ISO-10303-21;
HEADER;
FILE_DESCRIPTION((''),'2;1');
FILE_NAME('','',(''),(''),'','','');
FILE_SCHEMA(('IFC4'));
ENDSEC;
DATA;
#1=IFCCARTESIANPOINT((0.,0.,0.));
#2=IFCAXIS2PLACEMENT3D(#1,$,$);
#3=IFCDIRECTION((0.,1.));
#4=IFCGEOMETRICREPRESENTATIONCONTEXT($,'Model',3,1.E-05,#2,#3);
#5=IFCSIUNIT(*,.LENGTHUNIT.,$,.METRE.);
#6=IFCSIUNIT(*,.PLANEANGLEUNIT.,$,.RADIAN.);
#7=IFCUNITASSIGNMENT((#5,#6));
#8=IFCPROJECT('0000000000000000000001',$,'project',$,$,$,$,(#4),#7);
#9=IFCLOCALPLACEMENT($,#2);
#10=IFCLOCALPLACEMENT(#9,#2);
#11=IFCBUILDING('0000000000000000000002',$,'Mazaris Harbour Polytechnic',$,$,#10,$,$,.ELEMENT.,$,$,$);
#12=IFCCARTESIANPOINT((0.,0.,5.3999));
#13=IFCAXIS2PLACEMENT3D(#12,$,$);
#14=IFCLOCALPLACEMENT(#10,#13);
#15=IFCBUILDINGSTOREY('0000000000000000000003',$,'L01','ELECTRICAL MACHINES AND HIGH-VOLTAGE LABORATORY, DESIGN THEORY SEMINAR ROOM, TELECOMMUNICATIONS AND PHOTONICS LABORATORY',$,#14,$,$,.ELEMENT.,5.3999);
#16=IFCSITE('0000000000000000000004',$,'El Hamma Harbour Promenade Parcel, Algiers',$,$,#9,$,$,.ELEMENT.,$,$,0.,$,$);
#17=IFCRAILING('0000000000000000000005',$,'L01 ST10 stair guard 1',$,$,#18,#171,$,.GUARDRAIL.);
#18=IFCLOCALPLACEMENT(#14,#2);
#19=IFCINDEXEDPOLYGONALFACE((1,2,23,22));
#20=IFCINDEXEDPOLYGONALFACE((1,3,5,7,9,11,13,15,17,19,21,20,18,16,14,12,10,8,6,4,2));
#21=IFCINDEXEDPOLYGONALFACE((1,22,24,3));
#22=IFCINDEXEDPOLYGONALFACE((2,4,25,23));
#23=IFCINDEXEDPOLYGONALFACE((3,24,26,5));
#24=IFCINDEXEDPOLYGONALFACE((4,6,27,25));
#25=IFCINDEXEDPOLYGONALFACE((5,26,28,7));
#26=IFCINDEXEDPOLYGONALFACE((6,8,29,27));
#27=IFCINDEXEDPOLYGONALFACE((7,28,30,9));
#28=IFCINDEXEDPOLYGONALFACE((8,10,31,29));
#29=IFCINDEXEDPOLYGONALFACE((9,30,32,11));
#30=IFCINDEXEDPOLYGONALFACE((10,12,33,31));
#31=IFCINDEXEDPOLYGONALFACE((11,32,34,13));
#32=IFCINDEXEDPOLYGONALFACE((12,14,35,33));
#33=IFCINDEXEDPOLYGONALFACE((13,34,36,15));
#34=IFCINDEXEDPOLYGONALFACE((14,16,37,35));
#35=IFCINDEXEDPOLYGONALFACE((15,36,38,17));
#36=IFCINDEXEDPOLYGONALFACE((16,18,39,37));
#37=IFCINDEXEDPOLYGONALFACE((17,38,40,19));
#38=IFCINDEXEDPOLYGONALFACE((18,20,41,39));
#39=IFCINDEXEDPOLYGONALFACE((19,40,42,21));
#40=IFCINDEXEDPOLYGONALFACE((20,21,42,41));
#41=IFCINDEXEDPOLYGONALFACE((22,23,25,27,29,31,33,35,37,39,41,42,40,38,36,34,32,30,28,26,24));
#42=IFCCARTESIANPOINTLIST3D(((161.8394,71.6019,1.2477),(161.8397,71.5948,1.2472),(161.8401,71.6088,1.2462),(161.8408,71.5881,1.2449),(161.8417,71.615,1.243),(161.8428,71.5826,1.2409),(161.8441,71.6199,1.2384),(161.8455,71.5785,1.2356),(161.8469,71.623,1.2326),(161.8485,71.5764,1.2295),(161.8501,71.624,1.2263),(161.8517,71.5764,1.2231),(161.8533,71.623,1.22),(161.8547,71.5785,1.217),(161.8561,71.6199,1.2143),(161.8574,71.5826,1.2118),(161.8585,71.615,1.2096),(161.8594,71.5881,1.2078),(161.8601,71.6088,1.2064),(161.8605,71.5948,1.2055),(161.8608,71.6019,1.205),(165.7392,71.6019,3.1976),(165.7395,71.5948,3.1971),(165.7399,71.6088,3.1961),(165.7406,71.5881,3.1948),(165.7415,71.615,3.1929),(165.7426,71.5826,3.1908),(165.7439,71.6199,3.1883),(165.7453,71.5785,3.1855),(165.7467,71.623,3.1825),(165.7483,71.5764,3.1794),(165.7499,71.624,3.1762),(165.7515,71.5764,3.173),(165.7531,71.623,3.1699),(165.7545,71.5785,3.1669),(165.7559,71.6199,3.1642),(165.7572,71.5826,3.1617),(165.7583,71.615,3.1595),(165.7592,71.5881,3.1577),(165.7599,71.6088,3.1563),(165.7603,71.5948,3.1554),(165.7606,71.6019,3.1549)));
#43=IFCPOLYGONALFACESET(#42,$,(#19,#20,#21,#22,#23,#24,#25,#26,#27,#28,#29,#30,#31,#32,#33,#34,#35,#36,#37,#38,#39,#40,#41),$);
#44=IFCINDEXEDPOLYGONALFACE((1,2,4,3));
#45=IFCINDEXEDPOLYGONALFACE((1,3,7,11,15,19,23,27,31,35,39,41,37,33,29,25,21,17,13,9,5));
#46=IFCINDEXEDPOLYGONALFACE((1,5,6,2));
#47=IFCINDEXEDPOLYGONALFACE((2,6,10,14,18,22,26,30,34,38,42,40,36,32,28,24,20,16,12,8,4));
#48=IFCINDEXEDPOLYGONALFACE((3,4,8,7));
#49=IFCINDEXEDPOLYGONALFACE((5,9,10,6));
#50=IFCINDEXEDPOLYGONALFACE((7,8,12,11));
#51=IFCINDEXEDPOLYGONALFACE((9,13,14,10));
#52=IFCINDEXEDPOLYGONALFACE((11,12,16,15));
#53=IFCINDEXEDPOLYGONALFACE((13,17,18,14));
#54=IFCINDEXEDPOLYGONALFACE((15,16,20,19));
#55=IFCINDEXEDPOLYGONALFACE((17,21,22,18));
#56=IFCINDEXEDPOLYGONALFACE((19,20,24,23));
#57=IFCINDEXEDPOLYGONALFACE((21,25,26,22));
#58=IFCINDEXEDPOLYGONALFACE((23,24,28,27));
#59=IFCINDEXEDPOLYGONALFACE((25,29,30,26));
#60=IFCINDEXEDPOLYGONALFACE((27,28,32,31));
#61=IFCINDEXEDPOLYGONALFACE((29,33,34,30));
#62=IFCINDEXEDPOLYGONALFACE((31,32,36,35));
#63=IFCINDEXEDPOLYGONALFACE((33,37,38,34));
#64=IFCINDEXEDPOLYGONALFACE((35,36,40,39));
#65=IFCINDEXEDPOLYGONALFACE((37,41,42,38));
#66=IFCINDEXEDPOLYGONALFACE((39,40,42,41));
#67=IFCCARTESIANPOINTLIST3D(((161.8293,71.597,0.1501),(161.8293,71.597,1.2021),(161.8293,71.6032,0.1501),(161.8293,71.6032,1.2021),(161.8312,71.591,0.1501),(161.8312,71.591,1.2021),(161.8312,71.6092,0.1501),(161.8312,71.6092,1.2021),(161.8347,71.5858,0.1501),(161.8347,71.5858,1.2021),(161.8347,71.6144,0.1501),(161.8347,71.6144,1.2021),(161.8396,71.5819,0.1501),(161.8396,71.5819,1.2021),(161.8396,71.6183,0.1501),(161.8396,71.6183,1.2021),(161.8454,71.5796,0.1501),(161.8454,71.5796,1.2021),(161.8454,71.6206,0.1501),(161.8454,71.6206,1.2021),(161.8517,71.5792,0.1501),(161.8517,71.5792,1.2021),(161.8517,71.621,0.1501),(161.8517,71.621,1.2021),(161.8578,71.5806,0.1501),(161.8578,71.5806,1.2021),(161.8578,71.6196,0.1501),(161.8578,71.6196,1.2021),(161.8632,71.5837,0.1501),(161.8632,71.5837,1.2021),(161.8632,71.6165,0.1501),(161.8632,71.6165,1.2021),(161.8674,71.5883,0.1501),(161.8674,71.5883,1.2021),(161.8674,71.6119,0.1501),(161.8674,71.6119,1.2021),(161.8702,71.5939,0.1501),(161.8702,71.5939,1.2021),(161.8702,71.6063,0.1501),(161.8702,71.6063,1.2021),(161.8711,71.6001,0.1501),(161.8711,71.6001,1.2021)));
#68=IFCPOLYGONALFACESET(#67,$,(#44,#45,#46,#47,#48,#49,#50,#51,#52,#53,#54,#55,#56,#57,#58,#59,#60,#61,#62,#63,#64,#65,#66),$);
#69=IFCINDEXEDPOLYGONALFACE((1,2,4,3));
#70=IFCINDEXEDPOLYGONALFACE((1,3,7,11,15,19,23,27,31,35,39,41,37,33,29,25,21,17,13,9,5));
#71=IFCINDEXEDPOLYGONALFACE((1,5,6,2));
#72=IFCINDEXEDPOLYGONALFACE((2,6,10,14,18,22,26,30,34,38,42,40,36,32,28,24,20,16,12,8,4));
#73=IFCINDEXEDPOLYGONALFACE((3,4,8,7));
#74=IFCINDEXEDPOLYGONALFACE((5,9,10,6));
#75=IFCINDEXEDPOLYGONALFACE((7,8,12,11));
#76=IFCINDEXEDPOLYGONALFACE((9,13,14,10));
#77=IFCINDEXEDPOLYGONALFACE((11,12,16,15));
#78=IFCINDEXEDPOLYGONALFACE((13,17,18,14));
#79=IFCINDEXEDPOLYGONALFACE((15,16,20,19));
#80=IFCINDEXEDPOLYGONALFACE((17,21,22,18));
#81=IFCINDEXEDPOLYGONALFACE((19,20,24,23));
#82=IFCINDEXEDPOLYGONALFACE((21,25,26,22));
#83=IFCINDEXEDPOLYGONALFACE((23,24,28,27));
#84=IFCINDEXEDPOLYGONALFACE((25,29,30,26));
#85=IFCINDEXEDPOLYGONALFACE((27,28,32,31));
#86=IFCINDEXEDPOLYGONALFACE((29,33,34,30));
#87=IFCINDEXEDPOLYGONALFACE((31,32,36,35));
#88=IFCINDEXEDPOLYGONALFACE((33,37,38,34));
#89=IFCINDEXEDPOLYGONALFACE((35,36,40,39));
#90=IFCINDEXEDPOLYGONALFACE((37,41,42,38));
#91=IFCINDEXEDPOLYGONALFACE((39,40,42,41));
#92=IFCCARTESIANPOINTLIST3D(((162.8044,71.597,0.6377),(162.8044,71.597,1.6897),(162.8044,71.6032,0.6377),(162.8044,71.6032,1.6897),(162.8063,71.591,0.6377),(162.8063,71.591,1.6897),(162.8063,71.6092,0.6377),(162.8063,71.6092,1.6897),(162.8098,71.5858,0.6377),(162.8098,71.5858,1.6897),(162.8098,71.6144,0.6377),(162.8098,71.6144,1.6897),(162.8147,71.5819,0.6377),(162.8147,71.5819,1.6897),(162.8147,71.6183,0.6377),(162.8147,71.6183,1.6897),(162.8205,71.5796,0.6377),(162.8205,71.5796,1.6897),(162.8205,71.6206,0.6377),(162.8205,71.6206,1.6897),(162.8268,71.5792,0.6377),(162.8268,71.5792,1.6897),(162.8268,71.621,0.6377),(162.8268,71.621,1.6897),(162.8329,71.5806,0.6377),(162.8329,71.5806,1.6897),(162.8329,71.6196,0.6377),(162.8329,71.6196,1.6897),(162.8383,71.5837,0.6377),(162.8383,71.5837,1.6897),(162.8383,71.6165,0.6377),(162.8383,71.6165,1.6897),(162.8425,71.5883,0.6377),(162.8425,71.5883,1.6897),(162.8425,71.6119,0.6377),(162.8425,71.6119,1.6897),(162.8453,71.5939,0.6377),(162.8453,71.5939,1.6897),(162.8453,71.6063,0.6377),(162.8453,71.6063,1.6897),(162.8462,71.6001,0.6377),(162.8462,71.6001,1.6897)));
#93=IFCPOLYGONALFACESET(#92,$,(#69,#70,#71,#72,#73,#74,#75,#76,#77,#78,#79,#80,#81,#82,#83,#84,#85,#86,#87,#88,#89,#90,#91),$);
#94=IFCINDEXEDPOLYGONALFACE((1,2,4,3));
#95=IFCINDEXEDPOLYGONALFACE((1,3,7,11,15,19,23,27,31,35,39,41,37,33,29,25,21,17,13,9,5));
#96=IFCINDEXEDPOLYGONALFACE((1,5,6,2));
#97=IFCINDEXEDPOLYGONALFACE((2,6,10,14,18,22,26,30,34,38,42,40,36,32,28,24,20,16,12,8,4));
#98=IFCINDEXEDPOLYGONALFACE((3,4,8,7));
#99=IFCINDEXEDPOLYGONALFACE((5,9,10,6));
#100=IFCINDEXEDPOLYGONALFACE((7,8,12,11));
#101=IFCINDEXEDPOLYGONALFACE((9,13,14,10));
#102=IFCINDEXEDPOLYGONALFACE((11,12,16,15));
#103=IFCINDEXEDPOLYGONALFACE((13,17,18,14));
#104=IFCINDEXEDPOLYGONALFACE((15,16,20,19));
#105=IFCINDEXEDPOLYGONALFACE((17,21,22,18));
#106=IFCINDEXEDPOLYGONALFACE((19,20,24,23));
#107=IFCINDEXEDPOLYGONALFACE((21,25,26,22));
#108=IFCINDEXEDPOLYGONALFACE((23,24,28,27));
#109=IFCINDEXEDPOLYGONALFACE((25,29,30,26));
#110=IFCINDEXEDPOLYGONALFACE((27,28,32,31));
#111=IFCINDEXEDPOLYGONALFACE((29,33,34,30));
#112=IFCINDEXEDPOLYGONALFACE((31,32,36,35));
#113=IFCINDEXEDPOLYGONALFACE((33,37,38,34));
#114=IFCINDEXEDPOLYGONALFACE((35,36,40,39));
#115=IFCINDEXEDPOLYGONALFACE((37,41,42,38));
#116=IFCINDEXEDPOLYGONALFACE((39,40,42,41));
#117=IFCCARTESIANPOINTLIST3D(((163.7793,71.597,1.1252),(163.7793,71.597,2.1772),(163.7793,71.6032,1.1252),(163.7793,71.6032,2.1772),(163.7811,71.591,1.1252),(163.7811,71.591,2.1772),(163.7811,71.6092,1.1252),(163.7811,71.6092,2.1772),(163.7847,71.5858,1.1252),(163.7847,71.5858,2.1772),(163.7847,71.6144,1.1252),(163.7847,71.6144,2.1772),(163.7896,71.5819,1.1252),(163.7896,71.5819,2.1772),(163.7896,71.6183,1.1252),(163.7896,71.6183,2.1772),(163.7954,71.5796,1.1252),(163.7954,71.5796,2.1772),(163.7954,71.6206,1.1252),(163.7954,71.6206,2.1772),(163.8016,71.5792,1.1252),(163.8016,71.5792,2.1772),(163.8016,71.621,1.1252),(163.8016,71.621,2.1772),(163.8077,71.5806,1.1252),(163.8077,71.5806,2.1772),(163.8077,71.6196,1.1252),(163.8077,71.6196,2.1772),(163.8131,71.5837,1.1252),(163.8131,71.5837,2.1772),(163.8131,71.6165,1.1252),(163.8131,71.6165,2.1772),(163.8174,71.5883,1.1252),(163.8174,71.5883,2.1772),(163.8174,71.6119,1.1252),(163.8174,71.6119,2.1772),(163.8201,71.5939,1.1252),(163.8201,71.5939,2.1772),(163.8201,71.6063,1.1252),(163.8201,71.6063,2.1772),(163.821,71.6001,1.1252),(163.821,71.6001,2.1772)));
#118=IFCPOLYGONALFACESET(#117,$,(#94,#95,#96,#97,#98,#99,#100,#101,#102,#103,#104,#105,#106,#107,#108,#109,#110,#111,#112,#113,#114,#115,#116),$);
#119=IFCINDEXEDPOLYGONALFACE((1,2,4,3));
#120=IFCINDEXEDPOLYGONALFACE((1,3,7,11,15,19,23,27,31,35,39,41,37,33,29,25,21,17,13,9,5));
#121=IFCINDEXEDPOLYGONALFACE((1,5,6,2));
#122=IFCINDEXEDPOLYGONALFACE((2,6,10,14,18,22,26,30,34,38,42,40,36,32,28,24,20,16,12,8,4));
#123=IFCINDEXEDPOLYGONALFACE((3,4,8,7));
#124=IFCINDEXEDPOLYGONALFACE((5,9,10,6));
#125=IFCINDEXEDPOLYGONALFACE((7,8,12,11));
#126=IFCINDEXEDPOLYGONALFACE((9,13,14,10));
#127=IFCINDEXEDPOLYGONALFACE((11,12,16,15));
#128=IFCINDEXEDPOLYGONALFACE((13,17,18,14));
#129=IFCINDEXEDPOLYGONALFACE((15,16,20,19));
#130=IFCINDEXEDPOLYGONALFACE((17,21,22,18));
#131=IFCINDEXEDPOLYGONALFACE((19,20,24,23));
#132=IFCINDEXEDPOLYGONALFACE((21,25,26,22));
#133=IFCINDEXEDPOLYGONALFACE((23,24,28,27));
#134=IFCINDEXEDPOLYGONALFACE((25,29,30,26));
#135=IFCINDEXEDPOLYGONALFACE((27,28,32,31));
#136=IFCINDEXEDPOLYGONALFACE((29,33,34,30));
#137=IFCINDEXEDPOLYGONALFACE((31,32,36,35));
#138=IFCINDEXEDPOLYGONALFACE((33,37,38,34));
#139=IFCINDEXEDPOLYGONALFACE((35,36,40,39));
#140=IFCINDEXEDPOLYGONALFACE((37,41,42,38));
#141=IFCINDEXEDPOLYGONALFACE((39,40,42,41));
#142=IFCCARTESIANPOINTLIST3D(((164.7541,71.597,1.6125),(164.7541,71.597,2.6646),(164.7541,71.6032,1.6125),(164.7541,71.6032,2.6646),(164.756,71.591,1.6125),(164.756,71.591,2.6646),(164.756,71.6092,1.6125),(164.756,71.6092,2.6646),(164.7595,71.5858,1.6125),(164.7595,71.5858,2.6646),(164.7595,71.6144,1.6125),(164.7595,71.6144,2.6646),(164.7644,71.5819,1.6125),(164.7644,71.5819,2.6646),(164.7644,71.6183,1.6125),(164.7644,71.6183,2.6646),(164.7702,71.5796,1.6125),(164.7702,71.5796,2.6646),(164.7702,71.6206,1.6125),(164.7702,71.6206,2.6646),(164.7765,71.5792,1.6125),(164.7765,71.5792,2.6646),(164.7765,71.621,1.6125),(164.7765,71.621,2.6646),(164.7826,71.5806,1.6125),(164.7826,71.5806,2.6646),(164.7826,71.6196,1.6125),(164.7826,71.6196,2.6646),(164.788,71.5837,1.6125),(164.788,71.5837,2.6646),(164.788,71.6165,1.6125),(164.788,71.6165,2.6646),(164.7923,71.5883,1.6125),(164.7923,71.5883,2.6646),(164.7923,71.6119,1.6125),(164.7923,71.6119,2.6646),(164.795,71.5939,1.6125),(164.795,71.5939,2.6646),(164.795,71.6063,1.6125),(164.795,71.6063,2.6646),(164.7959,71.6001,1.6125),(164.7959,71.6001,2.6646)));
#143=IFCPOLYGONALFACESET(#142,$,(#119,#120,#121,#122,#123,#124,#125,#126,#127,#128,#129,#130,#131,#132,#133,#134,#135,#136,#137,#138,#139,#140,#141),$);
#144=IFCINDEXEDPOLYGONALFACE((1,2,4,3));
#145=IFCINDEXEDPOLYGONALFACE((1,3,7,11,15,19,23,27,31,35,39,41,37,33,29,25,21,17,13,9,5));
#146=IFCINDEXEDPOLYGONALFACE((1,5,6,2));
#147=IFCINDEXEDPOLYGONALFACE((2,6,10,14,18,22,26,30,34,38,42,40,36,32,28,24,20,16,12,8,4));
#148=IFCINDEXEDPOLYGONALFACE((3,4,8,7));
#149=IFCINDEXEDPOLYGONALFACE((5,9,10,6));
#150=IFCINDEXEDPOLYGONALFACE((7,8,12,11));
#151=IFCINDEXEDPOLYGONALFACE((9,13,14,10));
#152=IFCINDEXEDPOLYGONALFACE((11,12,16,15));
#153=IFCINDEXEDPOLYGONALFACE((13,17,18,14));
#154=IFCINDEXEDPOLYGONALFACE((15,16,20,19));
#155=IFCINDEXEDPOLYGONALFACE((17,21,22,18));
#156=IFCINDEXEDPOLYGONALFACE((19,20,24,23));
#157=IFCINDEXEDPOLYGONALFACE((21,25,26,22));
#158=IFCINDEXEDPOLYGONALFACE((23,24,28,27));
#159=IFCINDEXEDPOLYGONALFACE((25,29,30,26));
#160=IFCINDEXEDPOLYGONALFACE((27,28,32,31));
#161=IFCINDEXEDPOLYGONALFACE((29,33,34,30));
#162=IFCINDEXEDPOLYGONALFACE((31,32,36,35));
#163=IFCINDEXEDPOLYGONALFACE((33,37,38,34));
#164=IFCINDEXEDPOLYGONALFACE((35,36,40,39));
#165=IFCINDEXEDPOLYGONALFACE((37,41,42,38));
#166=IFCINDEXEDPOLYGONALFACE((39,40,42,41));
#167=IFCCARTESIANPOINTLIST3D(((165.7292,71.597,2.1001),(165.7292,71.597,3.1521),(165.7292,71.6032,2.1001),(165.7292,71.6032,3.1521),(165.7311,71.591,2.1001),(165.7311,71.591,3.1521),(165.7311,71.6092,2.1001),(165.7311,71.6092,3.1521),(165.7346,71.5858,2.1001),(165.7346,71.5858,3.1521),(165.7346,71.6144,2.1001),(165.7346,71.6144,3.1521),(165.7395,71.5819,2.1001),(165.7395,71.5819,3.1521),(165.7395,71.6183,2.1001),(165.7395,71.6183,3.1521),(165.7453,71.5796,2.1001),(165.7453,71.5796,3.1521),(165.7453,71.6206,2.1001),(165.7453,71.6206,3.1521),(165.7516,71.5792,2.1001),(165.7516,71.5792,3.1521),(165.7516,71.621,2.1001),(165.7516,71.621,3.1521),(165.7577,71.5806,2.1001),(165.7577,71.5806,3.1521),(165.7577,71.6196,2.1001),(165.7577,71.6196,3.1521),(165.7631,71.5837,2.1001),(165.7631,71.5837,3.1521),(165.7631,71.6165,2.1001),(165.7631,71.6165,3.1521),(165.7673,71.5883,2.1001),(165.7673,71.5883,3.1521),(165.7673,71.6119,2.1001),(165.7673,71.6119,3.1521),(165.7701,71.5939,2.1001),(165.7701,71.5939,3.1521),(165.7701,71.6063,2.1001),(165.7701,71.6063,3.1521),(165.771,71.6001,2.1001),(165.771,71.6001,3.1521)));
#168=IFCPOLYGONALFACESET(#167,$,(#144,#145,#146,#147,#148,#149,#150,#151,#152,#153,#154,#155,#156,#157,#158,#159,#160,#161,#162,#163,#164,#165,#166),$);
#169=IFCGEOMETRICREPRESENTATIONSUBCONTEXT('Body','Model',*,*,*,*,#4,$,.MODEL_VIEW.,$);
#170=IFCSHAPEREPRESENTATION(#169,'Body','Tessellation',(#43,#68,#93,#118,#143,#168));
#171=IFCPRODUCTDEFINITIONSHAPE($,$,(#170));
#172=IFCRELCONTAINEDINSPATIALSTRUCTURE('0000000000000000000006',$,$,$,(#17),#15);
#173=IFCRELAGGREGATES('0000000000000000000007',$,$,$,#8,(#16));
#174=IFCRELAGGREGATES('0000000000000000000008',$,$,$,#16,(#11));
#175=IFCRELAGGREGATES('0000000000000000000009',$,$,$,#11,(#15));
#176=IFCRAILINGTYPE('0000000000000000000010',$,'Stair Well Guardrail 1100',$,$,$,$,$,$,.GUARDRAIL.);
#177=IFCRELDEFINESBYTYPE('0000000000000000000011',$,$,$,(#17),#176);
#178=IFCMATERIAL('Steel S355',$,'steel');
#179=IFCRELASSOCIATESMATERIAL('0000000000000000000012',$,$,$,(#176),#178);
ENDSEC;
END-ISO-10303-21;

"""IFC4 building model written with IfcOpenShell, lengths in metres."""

from ifc_helpers import new_model, si_unit, direction, frame, origin, origin_2d, place, context, subcontext, project, spatial, circle, extrude, material, type_object, element, save


model = new_model("IFC4")

# Units and contexts
model_context = context("Model", 3, precision=1e-05, world=origin(), true_north=direction((0.0, 1.0)))
body_context = subcontext(model_context, "Body", "Model", "MODEL_VIEW")
ifc_project = project(units=[si_unit("LENGTHUNIT", "METRE"), si_unit("PLANEANGLEUNIT", "RADIAN")], contexts=[model_context])

# Site, building, storey
site_placement = place(None, origin())
site = spatial("IfcSite", under=ifc_project, at=site_placement, Name="El Hamma Harbour Promenade Parcel, Algiers", CompositionType="ELEMENT", RefElevation=0.0)
building_placement = place(site_placement, origin())
building = spatial("IfcBuilding", under=site, at=building_placement, Name="Mazaris Harbour Polytechnic", CompositionType="ELEMENT")
storey_placement = place(building_placement, frame((0.0, 0.0, 5.3999)))
storey = spatial("IfcBuildingStorey", under=building, at=storey_placement, Name="L01", Description="ELECTRICAL MACHINES AND HIGH-VOLTAGE LABORATORY, DESIGN THEORY SEMINAR ROOM, TELECOMMUNICATIONS AND PHOTONICS LABORATORY", CompositionType="ELEMENT", Elevation=5.3999)

# Railing
ifc_material_1 = material(Name="Steel S355", Category="steel")
railing_type_1 = type_object("IfcRailingType", Name="Stair Well Guardrail 1100", PredefinedType="GUARDRAIL", material=ifc_material_1)
railing_1_placement = place(storey_placement, frame((161.8501, 71.6001, 0.1501)))
element("IfcRailing", 1, at=railing_1_placement, inside=storey, type_object=railing_type_1, Name="L01 ST10 stair guard 1", PredefinedType="GUARDRAIL", context=body_context, shape_type="SweptSolid", body=[
    extrude(circle(Radius=0.0239, at=origin_2d()), frame((0.0, 0.0, 1.0762), z_axis=(0.894427, 0.0, 0.447214), x_axis=(0.0, 1.0, 0.0)), (0.0, 0.0, 1.0), 4.3601),
    extrude(circle(Radius=0.021, at=origin_2d()), origin(), (0.0, 0.0, 1.0), 1.052),
    extrude(circle(Radius=0.021, at=origin_2d()), frame((0.9751, 0.0, 0.4875)), (0.0, 0.0, 1.0), 1.052),
    extrude(circle(Radius=0.021, at=origin_2d()), frame((1.95, 0.0, 0.9751)), (0.0, 0.0, 1.0), 1.052),
    extrude(circle(Radius=0.021, at=origin_2d()), frame((2.9248, 0.0, 1.4624)), (0.0, 0.0, 1.0), 1.052),
    extrude(circle(Radius=0.021, at=origin_2d()), frame((3.8999, 0.0, 1.95)), (0.0, 0.0, 1.0), 1.052),
])

save(model, "model.ifc")
